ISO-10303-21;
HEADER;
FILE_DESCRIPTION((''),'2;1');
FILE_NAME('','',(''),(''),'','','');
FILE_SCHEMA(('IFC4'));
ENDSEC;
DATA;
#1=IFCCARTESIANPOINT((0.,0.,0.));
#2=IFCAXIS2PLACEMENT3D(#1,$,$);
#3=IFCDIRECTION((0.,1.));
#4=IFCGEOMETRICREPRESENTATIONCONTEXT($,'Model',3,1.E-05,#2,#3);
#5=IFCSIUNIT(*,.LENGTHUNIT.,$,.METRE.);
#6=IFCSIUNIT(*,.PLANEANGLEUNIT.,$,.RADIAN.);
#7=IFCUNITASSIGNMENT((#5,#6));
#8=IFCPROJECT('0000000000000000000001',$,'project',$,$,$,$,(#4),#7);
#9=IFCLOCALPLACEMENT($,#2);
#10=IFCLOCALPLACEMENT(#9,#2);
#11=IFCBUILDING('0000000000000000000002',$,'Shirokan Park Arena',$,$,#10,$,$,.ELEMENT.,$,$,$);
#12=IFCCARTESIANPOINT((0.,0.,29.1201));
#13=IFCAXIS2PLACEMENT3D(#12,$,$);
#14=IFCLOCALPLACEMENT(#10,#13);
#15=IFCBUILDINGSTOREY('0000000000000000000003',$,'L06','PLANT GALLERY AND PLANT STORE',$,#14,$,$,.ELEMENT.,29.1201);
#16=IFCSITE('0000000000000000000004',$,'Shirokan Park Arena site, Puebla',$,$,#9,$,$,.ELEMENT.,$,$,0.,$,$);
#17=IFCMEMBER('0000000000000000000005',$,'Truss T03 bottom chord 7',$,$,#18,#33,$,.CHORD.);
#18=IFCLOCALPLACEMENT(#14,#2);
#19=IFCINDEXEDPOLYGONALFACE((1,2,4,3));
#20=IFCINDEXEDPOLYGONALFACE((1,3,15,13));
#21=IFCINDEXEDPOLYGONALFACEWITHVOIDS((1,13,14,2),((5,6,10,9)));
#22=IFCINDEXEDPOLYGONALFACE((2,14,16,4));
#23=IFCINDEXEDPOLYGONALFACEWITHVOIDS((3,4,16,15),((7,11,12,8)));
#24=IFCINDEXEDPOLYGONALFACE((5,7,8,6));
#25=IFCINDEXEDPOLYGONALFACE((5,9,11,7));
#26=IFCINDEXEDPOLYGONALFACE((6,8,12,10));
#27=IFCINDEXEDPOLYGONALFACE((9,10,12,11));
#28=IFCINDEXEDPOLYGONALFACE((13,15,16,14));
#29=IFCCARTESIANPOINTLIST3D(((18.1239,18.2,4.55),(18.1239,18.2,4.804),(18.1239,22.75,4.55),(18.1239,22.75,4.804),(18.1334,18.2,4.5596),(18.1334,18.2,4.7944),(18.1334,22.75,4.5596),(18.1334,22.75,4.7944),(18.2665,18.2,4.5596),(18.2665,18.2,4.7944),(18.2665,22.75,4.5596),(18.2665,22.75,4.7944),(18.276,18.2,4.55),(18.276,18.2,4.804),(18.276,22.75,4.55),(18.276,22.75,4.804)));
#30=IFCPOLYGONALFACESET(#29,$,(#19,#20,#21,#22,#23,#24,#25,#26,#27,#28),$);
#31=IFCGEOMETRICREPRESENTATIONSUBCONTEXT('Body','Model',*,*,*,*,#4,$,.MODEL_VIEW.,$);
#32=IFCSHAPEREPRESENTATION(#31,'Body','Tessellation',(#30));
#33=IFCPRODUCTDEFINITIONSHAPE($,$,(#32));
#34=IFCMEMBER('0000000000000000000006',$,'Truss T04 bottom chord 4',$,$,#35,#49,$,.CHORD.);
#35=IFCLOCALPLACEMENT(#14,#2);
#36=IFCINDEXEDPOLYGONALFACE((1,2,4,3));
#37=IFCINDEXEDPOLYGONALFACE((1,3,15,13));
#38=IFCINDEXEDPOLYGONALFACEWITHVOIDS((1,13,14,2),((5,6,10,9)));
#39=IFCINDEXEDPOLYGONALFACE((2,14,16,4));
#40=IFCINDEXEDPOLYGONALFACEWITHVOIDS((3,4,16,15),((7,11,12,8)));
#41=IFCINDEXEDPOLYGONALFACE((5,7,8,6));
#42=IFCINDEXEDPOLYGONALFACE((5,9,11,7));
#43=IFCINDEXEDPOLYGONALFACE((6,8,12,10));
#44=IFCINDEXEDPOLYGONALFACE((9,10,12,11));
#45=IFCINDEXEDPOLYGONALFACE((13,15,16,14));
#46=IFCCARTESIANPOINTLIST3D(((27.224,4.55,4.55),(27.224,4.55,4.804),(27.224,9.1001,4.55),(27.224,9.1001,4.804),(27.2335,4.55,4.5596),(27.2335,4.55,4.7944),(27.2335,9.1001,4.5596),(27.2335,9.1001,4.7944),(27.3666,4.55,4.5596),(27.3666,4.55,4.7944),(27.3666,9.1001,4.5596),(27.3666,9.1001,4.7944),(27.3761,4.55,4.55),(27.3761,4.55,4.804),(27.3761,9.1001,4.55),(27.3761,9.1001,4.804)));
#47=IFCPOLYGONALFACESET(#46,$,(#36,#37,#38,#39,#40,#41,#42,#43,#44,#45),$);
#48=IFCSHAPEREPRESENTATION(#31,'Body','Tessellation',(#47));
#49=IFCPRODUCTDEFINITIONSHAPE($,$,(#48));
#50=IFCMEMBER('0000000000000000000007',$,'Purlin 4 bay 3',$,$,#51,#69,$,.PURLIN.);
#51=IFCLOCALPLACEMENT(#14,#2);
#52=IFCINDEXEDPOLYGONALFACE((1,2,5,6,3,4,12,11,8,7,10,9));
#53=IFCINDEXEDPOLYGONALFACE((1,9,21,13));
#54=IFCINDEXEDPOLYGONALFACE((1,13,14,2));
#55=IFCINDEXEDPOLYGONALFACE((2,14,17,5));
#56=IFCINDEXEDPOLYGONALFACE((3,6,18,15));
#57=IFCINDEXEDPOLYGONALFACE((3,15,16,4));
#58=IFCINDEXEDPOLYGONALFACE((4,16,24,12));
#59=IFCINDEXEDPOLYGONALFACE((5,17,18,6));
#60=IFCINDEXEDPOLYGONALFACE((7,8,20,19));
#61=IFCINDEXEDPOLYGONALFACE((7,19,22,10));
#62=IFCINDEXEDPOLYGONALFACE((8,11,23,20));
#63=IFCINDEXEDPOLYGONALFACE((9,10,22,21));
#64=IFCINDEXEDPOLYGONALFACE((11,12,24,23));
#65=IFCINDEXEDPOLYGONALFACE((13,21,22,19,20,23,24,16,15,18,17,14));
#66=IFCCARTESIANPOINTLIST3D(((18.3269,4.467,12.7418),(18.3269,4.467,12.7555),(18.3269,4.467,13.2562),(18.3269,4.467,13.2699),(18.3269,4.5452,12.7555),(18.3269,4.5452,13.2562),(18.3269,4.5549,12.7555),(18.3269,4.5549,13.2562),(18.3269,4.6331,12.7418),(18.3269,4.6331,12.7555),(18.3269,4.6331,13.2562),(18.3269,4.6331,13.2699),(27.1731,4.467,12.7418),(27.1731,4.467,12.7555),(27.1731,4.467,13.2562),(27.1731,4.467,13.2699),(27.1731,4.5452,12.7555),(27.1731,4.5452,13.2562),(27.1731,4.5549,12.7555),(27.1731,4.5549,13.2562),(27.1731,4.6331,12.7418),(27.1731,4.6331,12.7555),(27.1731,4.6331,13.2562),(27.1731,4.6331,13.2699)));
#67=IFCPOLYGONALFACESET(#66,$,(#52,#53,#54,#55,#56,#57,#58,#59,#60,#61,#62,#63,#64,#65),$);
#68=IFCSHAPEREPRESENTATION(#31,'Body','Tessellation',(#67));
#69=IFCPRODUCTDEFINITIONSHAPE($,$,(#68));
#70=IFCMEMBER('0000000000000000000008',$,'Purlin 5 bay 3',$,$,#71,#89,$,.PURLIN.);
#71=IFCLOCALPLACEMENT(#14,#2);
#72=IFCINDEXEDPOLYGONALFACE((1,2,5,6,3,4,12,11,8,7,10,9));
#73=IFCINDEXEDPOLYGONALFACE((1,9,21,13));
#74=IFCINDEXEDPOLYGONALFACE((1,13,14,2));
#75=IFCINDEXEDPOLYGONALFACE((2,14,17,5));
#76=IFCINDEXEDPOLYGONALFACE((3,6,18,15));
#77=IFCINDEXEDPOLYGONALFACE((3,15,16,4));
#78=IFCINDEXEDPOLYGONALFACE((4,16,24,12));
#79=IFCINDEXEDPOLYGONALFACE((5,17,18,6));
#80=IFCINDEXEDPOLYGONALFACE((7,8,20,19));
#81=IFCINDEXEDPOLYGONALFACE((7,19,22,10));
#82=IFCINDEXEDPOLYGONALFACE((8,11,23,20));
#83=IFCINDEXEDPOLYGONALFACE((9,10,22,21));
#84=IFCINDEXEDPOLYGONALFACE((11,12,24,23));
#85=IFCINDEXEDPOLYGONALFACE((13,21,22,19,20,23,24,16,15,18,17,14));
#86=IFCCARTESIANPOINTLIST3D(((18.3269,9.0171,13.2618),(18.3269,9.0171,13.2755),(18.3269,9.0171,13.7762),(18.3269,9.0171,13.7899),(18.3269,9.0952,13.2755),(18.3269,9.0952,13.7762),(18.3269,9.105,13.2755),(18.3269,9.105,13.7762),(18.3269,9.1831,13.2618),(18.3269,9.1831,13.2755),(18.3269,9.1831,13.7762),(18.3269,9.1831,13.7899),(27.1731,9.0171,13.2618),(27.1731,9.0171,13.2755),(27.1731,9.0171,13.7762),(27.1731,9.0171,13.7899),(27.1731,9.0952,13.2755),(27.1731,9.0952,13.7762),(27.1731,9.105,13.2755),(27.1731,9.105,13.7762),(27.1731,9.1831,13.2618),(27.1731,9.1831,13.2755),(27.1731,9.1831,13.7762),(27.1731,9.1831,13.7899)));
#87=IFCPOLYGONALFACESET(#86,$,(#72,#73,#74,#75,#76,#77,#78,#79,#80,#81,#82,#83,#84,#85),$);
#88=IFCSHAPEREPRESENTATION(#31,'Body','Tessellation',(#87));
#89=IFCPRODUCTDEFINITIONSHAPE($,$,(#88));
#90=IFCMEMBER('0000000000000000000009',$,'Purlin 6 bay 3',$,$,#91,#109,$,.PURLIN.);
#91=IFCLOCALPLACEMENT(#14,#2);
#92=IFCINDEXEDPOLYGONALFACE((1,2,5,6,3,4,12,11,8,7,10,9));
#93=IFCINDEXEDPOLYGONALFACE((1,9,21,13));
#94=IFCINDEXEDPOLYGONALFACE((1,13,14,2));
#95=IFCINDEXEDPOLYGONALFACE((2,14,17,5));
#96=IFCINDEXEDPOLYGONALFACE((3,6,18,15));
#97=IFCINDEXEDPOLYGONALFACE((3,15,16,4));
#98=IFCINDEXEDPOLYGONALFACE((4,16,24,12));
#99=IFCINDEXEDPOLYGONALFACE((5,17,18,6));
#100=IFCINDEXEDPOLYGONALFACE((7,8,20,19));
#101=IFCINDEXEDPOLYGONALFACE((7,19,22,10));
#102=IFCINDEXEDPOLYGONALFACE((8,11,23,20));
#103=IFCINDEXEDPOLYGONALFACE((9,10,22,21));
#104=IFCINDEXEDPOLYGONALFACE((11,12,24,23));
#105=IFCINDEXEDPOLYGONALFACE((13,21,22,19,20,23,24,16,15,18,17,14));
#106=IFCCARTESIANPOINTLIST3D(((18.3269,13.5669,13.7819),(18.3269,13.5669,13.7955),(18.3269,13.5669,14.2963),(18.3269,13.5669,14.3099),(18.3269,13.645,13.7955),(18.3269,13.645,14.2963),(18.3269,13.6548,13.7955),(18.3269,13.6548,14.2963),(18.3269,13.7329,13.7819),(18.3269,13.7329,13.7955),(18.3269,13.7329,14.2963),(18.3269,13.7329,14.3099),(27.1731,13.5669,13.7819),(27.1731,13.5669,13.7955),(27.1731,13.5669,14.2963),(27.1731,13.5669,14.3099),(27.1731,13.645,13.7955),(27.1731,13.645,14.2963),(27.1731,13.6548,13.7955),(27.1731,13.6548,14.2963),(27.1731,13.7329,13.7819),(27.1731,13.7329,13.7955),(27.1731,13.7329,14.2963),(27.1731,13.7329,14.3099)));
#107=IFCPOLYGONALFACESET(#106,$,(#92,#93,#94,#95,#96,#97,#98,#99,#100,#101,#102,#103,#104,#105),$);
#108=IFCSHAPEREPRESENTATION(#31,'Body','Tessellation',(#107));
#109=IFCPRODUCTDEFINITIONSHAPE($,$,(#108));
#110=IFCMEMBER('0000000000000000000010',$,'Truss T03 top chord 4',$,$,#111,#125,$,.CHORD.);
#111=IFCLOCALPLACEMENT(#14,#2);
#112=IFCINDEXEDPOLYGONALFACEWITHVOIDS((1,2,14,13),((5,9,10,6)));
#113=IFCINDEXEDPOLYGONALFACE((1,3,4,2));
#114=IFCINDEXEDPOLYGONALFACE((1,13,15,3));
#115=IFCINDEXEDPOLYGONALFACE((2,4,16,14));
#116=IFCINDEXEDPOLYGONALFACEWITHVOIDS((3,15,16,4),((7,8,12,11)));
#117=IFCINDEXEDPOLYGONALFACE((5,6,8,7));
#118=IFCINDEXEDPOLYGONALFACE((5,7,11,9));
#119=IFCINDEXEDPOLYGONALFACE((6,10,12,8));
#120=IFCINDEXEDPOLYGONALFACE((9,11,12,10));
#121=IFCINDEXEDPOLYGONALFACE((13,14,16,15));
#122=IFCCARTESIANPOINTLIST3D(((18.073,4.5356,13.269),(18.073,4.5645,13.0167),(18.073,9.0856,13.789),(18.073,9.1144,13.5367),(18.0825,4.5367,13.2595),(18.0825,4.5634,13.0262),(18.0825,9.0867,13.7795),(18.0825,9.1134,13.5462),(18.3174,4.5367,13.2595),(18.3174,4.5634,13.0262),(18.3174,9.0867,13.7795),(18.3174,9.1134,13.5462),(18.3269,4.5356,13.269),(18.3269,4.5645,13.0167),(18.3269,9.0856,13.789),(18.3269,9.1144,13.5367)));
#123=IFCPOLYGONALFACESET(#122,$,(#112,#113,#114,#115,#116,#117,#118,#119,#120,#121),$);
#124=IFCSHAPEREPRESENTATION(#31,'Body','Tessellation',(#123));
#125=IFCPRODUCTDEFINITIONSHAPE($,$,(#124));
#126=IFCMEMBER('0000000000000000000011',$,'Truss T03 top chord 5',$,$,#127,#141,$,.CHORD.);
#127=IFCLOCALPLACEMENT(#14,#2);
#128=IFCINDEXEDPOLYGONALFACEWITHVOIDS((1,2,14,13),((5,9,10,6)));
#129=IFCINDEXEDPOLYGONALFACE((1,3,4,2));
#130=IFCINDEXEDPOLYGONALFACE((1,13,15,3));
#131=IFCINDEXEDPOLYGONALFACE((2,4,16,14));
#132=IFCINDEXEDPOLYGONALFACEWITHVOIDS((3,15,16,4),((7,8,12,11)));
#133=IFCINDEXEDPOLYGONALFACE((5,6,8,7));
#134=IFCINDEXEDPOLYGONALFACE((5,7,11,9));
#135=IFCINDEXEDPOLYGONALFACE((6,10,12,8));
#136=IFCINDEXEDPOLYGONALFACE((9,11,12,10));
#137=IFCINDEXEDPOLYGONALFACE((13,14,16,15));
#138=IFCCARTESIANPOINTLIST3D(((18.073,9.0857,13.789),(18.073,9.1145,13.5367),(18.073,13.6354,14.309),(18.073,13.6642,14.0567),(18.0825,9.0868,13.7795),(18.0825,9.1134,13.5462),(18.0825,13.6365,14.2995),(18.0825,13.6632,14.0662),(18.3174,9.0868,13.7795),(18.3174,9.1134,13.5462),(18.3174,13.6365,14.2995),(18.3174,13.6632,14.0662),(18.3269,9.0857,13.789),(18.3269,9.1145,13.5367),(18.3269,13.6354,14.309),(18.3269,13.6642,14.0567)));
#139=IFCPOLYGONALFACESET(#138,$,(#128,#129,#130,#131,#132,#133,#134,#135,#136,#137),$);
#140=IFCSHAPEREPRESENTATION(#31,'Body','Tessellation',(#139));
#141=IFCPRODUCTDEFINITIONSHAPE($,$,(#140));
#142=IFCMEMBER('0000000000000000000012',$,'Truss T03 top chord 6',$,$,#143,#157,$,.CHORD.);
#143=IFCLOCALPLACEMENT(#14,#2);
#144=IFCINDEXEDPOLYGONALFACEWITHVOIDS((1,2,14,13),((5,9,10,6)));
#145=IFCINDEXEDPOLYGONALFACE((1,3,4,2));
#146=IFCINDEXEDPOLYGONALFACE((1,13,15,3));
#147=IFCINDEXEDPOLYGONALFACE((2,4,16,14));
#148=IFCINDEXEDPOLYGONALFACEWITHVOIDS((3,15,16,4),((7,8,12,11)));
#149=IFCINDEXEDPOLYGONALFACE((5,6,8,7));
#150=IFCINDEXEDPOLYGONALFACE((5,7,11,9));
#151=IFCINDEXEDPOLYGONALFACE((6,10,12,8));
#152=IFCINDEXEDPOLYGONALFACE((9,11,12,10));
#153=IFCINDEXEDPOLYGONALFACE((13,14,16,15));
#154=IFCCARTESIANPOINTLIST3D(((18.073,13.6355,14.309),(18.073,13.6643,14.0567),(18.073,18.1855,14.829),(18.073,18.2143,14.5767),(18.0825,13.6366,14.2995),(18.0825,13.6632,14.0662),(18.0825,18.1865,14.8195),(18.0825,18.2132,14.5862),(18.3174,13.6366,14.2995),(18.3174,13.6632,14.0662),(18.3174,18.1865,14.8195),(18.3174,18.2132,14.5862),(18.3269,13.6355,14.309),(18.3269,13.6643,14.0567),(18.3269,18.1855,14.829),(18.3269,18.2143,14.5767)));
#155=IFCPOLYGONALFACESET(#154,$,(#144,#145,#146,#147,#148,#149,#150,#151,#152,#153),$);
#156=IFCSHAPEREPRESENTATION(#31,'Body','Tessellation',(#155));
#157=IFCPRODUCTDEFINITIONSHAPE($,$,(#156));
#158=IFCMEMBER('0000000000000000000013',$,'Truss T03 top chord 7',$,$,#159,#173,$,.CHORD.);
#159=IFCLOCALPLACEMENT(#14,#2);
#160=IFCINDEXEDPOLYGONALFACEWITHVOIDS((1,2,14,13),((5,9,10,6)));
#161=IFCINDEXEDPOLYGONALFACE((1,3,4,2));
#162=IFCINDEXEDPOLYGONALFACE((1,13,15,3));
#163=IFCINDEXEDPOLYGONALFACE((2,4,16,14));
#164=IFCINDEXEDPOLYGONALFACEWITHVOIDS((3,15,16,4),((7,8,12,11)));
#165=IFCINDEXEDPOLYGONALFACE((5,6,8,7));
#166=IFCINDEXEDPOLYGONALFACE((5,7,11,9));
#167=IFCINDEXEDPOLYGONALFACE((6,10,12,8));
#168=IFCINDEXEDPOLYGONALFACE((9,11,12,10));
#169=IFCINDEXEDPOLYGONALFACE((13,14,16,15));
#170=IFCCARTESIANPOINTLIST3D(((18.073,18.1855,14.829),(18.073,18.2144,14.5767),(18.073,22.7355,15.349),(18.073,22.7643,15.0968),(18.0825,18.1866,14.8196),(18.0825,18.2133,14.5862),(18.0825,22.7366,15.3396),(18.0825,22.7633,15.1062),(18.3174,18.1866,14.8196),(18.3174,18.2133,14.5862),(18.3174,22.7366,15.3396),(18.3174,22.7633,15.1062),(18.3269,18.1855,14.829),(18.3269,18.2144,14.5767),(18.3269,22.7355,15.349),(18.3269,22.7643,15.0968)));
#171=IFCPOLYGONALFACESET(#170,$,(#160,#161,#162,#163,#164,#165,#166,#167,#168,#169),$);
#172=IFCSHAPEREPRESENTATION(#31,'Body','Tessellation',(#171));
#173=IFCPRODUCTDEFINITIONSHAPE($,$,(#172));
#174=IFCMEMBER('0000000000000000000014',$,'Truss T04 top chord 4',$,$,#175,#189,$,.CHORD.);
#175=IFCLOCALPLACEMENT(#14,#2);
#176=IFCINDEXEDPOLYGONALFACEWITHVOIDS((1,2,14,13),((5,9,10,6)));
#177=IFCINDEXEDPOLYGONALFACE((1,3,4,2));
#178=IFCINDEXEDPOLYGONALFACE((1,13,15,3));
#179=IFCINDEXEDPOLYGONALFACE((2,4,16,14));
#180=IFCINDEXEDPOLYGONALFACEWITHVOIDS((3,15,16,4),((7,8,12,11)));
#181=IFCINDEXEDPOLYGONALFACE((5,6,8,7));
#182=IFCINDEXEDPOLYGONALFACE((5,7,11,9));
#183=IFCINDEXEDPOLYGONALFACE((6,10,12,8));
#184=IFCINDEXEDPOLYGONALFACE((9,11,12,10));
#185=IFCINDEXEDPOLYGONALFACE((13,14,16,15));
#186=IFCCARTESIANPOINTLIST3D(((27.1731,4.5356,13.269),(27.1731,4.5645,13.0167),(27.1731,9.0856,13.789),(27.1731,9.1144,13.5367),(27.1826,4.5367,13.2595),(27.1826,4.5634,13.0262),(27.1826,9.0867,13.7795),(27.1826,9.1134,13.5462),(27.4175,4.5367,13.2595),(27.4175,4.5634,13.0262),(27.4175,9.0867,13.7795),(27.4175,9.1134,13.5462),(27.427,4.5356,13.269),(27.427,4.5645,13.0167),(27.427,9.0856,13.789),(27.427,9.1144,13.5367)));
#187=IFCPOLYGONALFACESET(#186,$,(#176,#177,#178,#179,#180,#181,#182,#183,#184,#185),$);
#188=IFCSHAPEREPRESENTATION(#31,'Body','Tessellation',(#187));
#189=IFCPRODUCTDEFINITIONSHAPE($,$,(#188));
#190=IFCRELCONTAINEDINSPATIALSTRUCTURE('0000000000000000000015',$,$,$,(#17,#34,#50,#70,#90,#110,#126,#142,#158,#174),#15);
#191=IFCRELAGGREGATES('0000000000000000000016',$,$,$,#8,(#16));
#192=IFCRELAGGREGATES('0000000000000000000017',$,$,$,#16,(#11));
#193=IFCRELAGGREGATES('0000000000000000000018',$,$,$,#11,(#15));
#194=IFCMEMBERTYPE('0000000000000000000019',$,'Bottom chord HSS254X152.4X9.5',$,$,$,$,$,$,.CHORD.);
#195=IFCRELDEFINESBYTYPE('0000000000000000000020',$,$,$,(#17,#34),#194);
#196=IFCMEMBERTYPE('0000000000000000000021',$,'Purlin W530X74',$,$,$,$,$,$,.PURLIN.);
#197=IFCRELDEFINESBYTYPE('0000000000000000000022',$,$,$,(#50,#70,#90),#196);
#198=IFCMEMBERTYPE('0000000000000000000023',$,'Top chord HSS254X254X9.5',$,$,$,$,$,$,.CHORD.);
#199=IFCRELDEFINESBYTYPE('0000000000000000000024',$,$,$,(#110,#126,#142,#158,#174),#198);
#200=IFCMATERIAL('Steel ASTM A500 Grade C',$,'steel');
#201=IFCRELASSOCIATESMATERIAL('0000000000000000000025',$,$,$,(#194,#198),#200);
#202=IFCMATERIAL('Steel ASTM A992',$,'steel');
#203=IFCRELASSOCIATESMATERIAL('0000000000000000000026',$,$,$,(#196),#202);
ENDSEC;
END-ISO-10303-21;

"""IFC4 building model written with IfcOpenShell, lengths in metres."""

from ifc_helpers import new_model, si_unit, direction, frame, origin, origin_2d, place, context, subcontext, project, spatial, hollow_rectangle, i_section, extrude, material, material_profile, profile_set, type_object, element, save


model = new_model("IFC4")

# Units and contexts
model_context = context("Model", 3, precision=1e-05, world=origin(), true_north=direction((0.0, 1.0)))
body_context = subcontext(model_context, "Body", "Model", "MODEL_VIEW")
ifc_project = project(units=[si_unit("LENGTHUNIT", "METRE"), si_unit("PLANEANGLEUNIT", "RADIAN")], contexts=[model_context])

# Site, building, storey
site_placement = place(None, origin())
site = spatial("IfcSite", under=ifc_project, at=site_placement, Name="Shirokan Park Arena site, Puebla", CompositionType="ELEMENT", RefElevation=0.0)
building_placement = place(site_placement, origin())
building = spatial("IfcBuilding", under=site, at=building_placement, Name="Shirokan Park Arena", CompositionType="ELEMENT")
storey_placement = place(building_placement, frame((0.0, 0.0, 29.1201)))
storey = spatial("IfcBuildingStorey", under=building, at=storey_placement, Name="L06", Description="PLANT GALLERY AND PLANT STORE", CompositionType="ELEMENT", Elevation=29.1201)

# Members
ifc_material_1 = material(Name="Steel ASTM A500 Grade C", Category="steel")
ifc_material_profile_1 = material_profile(ifc_material_1, hollow_rectangle(XDim=0.1521, YDim=0.2539, WallThickness=0.0095, at=origin_2d()), Name="HSS254X152.4X9.5")
ifc_profile_set_1 = profile_set([ifc_material_profile_1], Name="Steel ASTM A500 Grade C")
member_type_1 = type_object("IfcMemberType", Name="Bottom chord HSS254X152.4X9.5", PredefinedType="CHORD", material=ifc_profile_set_1)
for number, where, z_axis, x_axis, name in (
    (1, (18.2, 18.2, 4.677), (0.0, 1.0, 0.0), (-1.0, 0.0, 0.0), "Truss T03 bottom chord 7"),
    (2, (27.3, 4.55, 4.677), (0.0, 1.0, 0.0), (-1.0, 0.0, 0.0), "Truss T04 bottom chord 4"),
):
    element("IfcMember", number, at=place(storey_placement, frame(where, z_axis=z_axis, x_axis=x_axis)), inside=storey, type_object=member_type_1, Name=name, PredefinedType="CHORD", context=body_context, shape_type="SweptSolid", body=[
        extrude(hollow_rectangle(XDim=0.1521, YDim=0.2539, WallThickness=0.0095, at=origin_2d()), origin(), (0.0, 0.0, 1.0), 4.55),
    ])
ifc_material_2 = material(Name="Steel ASTM A992", Category="steel")
ifc_material_profile_2 = material_profile(ifc_material_2, i_section(OverallWidth=0.166, OverallDepth=0.5281, WebThickness=0.0098, FlangeThickness=0.0137, at=origin_2d()), Name="W530X74")
ifc_profile_set_2 = profile_set([ifc_material_profile_2], Name="Steel ASTM A992")
member_type_2 = type_object("IfcMemberType", Name="Purlin W530X74", PredefinedType="PURLIN", material=ifc_profile_set_2)
for number, where, z_axis, x_axis, name in (
    (3, (18.3269, 4.55, 13.0059), (1.0, 0.0, 0.0), (0.0, 1.0, 0.0), "Purlin 4 bay 3"),
    (4, (18.3269, 9.1001, 13.5259), (1.0, 0.0, 0.0), (0.0, 1.0, 0.0), "Purlin 5 bay 3"),
    (5, (18.3269, 13.6499, 14.0459), (1.0, 0.0, 0.0), (0.0, 1.0, 0.0), "Purlin 6 bay 3"),
):
    element("IfcMember", number, at=place(storey_placement, frame(where, z_axis=z_axis, x_axis=x_axis)), inside=storey, type_object=member_type_2, Name=name, PredefinedType="PURLIN", context=body_context, shape_type="SweptSolid", body=[
        extrude(i_section(OverallWidth=0.166, OverallDepth=0.5281, WebThickness=0.0098, FlangeThickness=0.0137, at=origin_2d()), origin(), (0.0, 0.0, 1.0), 8.8462),
    ])
ifc_material_profile_3 = material_profile(ifc_material_1, hollow_rectangle(XDim=0.2539, YDim=0.2539, WallThickness=0.0095, at=origin_2d()), Name="HSS254X254X9.5")
ifc_profile_set_3 = profile_set([ifc_material_profile_3], Name="Steel ASTM A500 Grade C")
member_type_3 = type_object("IfcMemberType", Name="Top chord HSS254X254X9.5", PredefinedType="CHORD", material=ifc_profile_set_3)
member_1_placement = place(storey_placement, frame((18.2, 4.55, 13.1428), z_axis=(0.0, 0.993532, 0.11355), x_axis=(-1.0, 0.0, 0.0)))
element("IfcMember", 6, at=member_1_placement, inside=storey, type_object=member_type_3, Name="Truss T03 top chord 4", PredefinedType="CHORD", context=body_context, shape_type="SweptSolid", body=[
    extrude(hollow_rectangle(XDim=0.2539, YDim=0.2539, WallThickness=0.0095, at=origin_2d()), origin(), (0.0, 0.0, 1.0), 4.5796),
])
member_2_placement = place(storey_placement, frame((18.2, 9.1001, 13.6628), z_axis=(0.0, 0.993532, 0.113556), x_axis=(-1.0, 0.0, 0.0)))
element("IfcMember", 7, at=member_2_placement, inside=storey, type_object=member_type_3, Name="Truss T03 top chord 5", PredefinedType="CHORD", context=body_context, shape_type="SweptSolid", body=[
    extrude(hollow_rectangle(XDim=0.2539, YDim=0.2539, WallThickness=0.0095, at=origin_2d()), origin(), (0.0, 0.0, 1.0), 4.5793),
])
for number, where, z_axis, x_axis, name in (
    (8, (18.2, 13.6499, 14.1829), (0.0, 0.993532, 0.11355), (-1.0, 0.0, 0.0), "Truss T03 top chord 6"),
    (9, (18.2, 18.2, 14.7029), (0.0, 0.993532, 0.11355), (-1.0, 0.0, 0.0), "Truss T03 top chord 7"),
    (10, (27.3, 4.55, 13.1428), (0.0, 0.993532, 0.11355), (-1.0, 0.0, 0.0), "Truss T04 top chord 4"),
):
    element("IfcMember", number, at=place(storey_placement, frame(where, z_axis=z_axis, x_axis=x_axis)), inside=storey, type_object=member_type_3, Name=name, PredefinedType="CHORD", context=body_context, shape_type="SweptSolid", body=[
        extrude(hollow_rectangle(XDim=0.2539, YDim=0.2539, WallThickness=0.0095, at=origin_2d()), origin(), (0.0, 0.0, 1.0), 4.5796),
    ])

save(model, "model.ifc")
